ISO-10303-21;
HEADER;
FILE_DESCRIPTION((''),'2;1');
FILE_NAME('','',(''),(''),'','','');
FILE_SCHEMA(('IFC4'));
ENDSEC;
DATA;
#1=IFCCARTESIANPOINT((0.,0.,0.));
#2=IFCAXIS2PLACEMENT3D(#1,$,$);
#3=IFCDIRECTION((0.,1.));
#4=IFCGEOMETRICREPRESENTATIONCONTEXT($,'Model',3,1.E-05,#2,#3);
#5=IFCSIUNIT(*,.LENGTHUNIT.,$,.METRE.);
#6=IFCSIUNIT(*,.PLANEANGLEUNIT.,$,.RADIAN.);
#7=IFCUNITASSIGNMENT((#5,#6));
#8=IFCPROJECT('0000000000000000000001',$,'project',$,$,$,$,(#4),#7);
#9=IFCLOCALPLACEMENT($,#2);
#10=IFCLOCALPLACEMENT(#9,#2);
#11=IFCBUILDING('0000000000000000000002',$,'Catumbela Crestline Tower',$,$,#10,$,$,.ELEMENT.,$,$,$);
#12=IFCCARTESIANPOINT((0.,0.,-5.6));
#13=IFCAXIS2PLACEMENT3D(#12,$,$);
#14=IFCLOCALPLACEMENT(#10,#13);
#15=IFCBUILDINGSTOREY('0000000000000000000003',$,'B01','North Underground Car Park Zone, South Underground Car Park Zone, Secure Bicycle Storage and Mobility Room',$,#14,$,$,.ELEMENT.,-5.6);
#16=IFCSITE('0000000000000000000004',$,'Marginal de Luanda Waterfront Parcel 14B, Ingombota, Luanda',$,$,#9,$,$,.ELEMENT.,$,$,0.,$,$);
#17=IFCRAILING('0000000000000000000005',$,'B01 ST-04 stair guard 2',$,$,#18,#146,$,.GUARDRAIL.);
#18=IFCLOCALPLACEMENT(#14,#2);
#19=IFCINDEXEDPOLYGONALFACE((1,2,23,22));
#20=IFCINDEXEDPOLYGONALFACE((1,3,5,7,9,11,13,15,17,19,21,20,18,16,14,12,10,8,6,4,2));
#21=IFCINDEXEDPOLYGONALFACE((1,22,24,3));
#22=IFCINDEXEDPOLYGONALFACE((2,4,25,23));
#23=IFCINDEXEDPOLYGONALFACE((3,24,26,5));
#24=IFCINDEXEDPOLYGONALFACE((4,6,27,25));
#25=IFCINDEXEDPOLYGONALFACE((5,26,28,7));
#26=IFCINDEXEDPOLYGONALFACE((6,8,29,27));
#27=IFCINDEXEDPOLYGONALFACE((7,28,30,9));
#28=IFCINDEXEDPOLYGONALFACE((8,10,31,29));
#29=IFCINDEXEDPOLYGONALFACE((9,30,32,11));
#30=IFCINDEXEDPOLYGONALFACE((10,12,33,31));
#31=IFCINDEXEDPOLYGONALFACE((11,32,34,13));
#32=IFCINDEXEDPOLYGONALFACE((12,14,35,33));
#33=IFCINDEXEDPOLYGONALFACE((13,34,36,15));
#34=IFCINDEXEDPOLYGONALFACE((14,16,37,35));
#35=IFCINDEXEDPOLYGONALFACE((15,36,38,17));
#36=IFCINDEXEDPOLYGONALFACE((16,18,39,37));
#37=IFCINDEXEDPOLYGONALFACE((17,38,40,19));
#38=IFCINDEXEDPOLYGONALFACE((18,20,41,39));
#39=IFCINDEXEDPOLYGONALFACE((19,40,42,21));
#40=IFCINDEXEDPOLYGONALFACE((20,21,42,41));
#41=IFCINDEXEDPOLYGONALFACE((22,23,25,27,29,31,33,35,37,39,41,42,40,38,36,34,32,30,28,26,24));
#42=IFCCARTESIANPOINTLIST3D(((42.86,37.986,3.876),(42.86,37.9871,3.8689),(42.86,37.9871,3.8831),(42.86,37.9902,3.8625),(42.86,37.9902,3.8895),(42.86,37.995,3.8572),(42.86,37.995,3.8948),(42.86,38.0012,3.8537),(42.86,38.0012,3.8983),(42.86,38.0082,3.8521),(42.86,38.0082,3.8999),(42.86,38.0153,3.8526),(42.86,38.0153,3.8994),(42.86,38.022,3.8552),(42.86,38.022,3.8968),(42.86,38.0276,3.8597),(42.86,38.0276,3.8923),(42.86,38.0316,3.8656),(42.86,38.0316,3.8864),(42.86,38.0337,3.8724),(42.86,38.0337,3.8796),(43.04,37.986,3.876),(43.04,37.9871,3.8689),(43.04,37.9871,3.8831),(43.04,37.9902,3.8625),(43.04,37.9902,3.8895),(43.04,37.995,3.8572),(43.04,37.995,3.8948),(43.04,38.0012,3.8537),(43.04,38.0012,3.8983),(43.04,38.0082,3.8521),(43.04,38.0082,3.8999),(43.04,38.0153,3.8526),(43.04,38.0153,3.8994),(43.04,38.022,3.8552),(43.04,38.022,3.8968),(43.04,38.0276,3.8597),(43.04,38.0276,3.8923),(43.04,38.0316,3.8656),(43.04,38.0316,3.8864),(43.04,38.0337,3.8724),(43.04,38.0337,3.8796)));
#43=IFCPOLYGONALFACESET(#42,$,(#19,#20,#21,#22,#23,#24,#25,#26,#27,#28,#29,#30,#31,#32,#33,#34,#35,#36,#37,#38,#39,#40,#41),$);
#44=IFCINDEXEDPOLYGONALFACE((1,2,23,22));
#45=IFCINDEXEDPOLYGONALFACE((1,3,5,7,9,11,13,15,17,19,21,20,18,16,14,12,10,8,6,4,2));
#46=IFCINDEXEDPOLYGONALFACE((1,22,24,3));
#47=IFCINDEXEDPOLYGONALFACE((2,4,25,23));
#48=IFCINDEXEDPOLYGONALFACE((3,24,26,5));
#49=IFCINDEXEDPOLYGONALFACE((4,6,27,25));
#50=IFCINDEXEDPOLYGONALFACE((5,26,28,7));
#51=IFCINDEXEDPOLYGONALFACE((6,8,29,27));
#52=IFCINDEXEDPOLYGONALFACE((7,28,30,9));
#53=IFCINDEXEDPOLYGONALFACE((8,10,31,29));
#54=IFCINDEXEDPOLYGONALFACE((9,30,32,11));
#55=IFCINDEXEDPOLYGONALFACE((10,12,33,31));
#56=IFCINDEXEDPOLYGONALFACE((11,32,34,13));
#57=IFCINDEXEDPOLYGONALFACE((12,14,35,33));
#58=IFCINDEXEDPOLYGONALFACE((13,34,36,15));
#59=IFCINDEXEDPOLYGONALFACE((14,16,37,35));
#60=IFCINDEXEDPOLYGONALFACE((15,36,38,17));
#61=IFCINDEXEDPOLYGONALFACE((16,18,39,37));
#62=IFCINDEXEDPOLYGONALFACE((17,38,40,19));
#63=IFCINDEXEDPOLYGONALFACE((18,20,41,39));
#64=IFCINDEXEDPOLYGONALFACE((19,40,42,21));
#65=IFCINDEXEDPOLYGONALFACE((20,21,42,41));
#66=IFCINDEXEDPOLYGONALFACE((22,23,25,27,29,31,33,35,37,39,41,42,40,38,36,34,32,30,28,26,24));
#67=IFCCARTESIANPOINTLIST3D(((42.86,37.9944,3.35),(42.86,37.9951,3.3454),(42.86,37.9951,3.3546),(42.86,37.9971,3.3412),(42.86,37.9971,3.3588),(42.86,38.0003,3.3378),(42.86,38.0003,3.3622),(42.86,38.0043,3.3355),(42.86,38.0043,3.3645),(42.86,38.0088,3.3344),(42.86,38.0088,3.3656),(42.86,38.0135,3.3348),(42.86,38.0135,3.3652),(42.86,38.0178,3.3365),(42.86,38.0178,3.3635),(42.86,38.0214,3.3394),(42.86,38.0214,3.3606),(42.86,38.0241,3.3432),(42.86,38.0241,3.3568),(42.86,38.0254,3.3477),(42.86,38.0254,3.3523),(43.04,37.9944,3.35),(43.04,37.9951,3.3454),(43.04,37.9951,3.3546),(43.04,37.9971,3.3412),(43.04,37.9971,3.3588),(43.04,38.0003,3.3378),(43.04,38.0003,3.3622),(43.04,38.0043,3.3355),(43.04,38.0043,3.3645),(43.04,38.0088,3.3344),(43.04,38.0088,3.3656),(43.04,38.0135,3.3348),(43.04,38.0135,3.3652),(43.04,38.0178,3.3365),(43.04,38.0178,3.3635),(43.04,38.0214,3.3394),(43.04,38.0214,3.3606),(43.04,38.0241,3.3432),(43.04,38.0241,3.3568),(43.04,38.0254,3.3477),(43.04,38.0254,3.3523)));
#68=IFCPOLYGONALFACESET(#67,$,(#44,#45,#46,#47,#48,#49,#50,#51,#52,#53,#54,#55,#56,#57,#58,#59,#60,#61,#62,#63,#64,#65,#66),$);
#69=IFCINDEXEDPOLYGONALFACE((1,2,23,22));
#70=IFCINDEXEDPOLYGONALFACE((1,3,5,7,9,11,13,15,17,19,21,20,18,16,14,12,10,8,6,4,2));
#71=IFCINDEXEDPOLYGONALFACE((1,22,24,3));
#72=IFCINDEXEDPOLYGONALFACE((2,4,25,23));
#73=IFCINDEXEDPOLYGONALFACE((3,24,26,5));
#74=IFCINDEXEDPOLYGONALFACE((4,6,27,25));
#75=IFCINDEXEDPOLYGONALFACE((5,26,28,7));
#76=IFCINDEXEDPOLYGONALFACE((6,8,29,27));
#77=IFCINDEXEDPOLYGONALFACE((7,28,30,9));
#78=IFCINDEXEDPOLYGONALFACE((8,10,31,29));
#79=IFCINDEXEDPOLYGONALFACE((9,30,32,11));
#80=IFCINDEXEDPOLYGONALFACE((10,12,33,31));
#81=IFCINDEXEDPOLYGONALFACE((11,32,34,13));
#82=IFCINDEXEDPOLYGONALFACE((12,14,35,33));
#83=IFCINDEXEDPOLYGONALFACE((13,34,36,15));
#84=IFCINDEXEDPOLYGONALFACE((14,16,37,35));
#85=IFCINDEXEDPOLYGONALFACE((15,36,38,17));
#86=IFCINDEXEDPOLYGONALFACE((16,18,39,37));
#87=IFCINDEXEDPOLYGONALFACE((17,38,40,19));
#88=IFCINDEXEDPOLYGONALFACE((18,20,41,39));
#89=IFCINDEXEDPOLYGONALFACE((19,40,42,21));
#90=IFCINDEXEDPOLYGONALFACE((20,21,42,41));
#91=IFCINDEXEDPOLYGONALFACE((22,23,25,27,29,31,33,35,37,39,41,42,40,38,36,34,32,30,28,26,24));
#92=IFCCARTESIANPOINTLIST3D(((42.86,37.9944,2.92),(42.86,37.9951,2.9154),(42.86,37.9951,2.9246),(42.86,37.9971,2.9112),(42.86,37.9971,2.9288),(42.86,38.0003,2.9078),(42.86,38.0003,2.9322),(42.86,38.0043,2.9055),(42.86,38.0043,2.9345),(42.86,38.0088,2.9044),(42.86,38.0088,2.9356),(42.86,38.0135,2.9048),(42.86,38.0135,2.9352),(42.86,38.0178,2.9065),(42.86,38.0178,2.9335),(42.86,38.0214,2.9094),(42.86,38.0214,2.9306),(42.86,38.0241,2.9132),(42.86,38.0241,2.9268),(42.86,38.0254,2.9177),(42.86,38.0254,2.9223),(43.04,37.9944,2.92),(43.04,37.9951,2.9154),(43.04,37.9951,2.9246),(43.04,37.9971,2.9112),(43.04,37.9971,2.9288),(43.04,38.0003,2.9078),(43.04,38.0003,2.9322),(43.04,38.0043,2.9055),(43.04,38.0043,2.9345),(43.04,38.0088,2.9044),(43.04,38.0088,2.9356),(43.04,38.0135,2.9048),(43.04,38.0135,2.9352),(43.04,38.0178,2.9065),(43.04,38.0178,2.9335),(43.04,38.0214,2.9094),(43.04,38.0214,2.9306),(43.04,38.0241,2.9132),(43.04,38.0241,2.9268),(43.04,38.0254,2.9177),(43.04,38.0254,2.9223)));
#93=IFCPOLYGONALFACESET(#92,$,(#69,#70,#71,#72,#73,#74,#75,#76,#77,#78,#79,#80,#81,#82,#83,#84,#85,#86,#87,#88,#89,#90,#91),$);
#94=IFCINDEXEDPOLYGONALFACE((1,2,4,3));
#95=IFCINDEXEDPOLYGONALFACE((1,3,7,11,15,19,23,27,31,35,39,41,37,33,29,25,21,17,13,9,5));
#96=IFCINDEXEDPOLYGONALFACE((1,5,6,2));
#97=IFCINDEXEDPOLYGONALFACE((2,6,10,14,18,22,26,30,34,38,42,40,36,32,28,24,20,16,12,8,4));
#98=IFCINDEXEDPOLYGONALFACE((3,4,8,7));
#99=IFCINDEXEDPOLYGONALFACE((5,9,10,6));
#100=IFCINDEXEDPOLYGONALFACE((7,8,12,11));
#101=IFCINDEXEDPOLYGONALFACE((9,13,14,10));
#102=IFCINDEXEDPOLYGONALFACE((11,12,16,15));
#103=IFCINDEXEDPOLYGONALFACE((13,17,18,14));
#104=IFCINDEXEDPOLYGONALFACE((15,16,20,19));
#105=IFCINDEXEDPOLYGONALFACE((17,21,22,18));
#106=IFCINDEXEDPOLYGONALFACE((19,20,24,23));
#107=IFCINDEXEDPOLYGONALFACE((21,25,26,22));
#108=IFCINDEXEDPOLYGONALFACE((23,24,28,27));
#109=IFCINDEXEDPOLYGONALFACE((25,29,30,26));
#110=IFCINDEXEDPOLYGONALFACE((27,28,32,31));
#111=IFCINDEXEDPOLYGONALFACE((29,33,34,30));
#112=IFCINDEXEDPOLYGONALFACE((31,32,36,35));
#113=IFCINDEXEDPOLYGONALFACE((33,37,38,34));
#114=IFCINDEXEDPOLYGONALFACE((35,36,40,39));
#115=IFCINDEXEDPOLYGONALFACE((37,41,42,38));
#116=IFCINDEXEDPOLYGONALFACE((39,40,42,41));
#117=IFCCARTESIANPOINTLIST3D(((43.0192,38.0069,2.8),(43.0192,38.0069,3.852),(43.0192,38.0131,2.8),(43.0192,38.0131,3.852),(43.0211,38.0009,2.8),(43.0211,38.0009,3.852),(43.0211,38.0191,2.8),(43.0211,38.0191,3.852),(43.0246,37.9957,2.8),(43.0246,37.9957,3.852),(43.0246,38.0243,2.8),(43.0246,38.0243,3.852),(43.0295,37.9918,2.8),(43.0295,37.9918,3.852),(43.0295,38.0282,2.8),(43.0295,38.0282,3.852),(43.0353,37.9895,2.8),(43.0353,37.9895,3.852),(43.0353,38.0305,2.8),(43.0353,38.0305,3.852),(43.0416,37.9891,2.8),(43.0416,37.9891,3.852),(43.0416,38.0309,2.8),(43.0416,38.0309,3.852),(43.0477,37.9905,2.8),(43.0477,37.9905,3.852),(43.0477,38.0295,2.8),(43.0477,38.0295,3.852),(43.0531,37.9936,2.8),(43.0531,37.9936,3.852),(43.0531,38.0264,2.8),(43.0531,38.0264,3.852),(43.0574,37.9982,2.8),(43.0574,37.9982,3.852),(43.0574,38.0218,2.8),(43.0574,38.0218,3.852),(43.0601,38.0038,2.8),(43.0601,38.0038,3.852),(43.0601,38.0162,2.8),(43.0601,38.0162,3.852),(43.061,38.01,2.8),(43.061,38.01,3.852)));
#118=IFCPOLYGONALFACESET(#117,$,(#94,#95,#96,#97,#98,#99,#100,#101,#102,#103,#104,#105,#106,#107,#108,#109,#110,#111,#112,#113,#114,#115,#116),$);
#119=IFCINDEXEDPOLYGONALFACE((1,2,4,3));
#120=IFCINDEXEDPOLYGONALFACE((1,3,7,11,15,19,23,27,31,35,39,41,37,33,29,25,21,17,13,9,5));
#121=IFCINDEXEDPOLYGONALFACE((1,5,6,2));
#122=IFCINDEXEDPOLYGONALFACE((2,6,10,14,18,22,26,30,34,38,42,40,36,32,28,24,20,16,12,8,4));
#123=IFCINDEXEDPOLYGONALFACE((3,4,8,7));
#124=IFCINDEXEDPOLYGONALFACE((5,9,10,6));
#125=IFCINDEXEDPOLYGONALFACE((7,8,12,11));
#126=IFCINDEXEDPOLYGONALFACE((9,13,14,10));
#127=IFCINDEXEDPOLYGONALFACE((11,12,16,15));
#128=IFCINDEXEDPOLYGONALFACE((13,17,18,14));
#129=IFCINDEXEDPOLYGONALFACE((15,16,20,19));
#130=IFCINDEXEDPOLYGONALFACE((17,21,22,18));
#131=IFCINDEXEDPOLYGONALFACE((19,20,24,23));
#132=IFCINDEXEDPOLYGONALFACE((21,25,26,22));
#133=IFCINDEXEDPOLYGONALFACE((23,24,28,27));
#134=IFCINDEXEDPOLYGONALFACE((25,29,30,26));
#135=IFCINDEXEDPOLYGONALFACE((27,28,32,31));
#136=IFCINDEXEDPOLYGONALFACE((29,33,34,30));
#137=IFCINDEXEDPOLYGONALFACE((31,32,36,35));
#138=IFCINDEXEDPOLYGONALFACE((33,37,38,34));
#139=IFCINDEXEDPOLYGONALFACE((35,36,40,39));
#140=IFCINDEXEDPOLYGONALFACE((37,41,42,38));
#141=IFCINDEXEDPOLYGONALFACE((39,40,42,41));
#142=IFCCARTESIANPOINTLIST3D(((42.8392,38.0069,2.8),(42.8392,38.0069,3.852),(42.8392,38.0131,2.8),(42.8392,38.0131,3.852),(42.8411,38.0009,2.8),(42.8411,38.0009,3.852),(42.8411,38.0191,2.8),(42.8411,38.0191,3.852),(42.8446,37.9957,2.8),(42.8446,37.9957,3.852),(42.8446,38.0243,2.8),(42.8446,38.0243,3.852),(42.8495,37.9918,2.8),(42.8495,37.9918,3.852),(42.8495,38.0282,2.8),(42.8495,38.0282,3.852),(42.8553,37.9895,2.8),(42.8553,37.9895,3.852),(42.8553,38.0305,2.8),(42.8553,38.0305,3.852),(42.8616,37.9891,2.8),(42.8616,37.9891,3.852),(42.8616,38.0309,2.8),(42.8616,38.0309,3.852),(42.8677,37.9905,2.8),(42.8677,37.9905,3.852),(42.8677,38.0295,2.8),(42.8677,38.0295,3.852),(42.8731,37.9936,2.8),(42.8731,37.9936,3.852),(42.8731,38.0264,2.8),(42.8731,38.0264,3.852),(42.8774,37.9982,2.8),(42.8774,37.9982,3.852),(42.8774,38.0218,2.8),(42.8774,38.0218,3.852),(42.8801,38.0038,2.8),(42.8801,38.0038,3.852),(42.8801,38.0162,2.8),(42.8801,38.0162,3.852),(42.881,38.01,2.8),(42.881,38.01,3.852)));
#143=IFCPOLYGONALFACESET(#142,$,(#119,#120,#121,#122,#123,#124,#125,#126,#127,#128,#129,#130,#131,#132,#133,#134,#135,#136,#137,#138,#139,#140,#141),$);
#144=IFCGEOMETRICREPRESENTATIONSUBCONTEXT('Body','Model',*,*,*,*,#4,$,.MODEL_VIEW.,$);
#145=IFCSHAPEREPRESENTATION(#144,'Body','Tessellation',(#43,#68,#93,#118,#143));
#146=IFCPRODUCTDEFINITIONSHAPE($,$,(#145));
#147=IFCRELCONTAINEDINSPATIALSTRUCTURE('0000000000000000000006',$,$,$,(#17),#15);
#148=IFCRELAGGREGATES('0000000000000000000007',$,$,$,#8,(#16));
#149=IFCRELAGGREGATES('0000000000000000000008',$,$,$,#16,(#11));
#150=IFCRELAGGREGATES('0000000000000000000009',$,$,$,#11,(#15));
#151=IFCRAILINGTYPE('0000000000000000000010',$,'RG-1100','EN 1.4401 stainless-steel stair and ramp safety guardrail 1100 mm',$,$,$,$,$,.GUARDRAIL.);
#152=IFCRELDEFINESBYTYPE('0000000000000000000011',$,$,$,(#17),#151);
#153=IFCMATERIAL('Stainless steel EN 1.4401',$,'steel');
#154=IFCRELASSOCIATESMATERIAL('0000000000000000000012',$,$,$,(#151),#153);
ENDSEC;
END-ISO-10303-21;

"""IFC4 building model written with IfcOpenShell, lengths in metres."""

from ifc_helpers import new_model, si_unit, direction, frame, origin, origin_2d, place, context, subcontext, project, spatial, circle, extrude, material, type_object, element, save


model = new_model("IFC4")

# Units and contexts
model_context = context("Model", 3, precision=1e-05, world=origin(), true_north=direction((0.0, 1.0)))
body_context = subcontext(model_context, "Body", "Model", "MODEL_VIEW")
ifc_project = project(units=[si_unit("LENGTHUNIT", "METRE"), si_unit("PLANEANGLEUNIT", "RADIAN")], contexts=[model_context])

# Site, building, storey
site_placement = place(None, origin())
site = spatial("IfcSite", under=ifc_project, at=site_placement, Name="Marginal de Luanda Waterfront Parcel 14B, Ingombota, Luanda", CompositionType="ELEMENT", RefElevation=0.0)
building_placement = place(site_placement, origin())
building = spatial("IfcBuilding", under=site, at=building_placement, Name="Catumbela Crestline Tower", CompositionType="ELEMENT")
storey_placement = place(building_placement, frame((0.0, 0.0, -5.6)))
storey = spatial("IfcBuildingStorey", under=building, at=storey_placement, Name="B01", Description="North Underground Car Park Zone, South Underground Car Park Zone, Secure Bicycle Storage and Mobility Room", CompositionType="ELEMENT", Elevation=-5.6)

# Shared definitions
ifc_material_1 = material(Name="Stainless steel EN 1.4401", Category="steel")

# Railing
railing_type_1 = type_object("IfcRailingType", Name="RG-1100", Description="EN 1.4401 stainless-steel stair and ramp safety guardrail 1100 mm", PredefinedType="GUARDRAIL", material=ifc_material_1)
railing_1_placement = place(storey_placement, frame((43.04, 38.01, 2.8)))
element("IfcRailing", 1, at=railing_1_placement, inside=storey, type_object=railing_type_1, Name="B01 ST-04 stair guard 2", PredefinedType="GUARDRAIL", context=body_context, shape_type="SweptSolid", body=[
    extrude(circle(Radius=0.024, at=origin_2d()), frame((0.0, 0.0, 1.076), z_axis=(-1.0, 0.0, 0.0), x_axis=(0.0, -1.0, 0.0)), (0.0, 0.0, 1.0), 0.18),
    extrude(circle(Radius=0.0156, at=origin_2d()), frame((0.0, 0.0, 0.55), z_axis=(-1.0, 0.0, 0.0), x_axis=(0.0, -1.0, 0.0)), (0.0, 0.0, 1.0), 0.18),
    extrude(circle(Radius=0.0156, at=origin_2d()), frame((0.0, 0.0, 0.12), z_axis=(-1.0, 0.0, 0.0), x_axis=(0.0, -1.0, 0.0)), (0.0, 0.0, 1.0), 0.18),
    extrude(circle(Radius=0.021, at=origin_2d()), origin(), (0.0, 0.0, 1.0), 1.052),
    extrude(circle(Radius=0.021, at=origin_2d()), frame((-0.18, 0.0, 0.0)), (0.0, 0.0, 1.0), 1.052),
])

save(model, "model.ifc")
